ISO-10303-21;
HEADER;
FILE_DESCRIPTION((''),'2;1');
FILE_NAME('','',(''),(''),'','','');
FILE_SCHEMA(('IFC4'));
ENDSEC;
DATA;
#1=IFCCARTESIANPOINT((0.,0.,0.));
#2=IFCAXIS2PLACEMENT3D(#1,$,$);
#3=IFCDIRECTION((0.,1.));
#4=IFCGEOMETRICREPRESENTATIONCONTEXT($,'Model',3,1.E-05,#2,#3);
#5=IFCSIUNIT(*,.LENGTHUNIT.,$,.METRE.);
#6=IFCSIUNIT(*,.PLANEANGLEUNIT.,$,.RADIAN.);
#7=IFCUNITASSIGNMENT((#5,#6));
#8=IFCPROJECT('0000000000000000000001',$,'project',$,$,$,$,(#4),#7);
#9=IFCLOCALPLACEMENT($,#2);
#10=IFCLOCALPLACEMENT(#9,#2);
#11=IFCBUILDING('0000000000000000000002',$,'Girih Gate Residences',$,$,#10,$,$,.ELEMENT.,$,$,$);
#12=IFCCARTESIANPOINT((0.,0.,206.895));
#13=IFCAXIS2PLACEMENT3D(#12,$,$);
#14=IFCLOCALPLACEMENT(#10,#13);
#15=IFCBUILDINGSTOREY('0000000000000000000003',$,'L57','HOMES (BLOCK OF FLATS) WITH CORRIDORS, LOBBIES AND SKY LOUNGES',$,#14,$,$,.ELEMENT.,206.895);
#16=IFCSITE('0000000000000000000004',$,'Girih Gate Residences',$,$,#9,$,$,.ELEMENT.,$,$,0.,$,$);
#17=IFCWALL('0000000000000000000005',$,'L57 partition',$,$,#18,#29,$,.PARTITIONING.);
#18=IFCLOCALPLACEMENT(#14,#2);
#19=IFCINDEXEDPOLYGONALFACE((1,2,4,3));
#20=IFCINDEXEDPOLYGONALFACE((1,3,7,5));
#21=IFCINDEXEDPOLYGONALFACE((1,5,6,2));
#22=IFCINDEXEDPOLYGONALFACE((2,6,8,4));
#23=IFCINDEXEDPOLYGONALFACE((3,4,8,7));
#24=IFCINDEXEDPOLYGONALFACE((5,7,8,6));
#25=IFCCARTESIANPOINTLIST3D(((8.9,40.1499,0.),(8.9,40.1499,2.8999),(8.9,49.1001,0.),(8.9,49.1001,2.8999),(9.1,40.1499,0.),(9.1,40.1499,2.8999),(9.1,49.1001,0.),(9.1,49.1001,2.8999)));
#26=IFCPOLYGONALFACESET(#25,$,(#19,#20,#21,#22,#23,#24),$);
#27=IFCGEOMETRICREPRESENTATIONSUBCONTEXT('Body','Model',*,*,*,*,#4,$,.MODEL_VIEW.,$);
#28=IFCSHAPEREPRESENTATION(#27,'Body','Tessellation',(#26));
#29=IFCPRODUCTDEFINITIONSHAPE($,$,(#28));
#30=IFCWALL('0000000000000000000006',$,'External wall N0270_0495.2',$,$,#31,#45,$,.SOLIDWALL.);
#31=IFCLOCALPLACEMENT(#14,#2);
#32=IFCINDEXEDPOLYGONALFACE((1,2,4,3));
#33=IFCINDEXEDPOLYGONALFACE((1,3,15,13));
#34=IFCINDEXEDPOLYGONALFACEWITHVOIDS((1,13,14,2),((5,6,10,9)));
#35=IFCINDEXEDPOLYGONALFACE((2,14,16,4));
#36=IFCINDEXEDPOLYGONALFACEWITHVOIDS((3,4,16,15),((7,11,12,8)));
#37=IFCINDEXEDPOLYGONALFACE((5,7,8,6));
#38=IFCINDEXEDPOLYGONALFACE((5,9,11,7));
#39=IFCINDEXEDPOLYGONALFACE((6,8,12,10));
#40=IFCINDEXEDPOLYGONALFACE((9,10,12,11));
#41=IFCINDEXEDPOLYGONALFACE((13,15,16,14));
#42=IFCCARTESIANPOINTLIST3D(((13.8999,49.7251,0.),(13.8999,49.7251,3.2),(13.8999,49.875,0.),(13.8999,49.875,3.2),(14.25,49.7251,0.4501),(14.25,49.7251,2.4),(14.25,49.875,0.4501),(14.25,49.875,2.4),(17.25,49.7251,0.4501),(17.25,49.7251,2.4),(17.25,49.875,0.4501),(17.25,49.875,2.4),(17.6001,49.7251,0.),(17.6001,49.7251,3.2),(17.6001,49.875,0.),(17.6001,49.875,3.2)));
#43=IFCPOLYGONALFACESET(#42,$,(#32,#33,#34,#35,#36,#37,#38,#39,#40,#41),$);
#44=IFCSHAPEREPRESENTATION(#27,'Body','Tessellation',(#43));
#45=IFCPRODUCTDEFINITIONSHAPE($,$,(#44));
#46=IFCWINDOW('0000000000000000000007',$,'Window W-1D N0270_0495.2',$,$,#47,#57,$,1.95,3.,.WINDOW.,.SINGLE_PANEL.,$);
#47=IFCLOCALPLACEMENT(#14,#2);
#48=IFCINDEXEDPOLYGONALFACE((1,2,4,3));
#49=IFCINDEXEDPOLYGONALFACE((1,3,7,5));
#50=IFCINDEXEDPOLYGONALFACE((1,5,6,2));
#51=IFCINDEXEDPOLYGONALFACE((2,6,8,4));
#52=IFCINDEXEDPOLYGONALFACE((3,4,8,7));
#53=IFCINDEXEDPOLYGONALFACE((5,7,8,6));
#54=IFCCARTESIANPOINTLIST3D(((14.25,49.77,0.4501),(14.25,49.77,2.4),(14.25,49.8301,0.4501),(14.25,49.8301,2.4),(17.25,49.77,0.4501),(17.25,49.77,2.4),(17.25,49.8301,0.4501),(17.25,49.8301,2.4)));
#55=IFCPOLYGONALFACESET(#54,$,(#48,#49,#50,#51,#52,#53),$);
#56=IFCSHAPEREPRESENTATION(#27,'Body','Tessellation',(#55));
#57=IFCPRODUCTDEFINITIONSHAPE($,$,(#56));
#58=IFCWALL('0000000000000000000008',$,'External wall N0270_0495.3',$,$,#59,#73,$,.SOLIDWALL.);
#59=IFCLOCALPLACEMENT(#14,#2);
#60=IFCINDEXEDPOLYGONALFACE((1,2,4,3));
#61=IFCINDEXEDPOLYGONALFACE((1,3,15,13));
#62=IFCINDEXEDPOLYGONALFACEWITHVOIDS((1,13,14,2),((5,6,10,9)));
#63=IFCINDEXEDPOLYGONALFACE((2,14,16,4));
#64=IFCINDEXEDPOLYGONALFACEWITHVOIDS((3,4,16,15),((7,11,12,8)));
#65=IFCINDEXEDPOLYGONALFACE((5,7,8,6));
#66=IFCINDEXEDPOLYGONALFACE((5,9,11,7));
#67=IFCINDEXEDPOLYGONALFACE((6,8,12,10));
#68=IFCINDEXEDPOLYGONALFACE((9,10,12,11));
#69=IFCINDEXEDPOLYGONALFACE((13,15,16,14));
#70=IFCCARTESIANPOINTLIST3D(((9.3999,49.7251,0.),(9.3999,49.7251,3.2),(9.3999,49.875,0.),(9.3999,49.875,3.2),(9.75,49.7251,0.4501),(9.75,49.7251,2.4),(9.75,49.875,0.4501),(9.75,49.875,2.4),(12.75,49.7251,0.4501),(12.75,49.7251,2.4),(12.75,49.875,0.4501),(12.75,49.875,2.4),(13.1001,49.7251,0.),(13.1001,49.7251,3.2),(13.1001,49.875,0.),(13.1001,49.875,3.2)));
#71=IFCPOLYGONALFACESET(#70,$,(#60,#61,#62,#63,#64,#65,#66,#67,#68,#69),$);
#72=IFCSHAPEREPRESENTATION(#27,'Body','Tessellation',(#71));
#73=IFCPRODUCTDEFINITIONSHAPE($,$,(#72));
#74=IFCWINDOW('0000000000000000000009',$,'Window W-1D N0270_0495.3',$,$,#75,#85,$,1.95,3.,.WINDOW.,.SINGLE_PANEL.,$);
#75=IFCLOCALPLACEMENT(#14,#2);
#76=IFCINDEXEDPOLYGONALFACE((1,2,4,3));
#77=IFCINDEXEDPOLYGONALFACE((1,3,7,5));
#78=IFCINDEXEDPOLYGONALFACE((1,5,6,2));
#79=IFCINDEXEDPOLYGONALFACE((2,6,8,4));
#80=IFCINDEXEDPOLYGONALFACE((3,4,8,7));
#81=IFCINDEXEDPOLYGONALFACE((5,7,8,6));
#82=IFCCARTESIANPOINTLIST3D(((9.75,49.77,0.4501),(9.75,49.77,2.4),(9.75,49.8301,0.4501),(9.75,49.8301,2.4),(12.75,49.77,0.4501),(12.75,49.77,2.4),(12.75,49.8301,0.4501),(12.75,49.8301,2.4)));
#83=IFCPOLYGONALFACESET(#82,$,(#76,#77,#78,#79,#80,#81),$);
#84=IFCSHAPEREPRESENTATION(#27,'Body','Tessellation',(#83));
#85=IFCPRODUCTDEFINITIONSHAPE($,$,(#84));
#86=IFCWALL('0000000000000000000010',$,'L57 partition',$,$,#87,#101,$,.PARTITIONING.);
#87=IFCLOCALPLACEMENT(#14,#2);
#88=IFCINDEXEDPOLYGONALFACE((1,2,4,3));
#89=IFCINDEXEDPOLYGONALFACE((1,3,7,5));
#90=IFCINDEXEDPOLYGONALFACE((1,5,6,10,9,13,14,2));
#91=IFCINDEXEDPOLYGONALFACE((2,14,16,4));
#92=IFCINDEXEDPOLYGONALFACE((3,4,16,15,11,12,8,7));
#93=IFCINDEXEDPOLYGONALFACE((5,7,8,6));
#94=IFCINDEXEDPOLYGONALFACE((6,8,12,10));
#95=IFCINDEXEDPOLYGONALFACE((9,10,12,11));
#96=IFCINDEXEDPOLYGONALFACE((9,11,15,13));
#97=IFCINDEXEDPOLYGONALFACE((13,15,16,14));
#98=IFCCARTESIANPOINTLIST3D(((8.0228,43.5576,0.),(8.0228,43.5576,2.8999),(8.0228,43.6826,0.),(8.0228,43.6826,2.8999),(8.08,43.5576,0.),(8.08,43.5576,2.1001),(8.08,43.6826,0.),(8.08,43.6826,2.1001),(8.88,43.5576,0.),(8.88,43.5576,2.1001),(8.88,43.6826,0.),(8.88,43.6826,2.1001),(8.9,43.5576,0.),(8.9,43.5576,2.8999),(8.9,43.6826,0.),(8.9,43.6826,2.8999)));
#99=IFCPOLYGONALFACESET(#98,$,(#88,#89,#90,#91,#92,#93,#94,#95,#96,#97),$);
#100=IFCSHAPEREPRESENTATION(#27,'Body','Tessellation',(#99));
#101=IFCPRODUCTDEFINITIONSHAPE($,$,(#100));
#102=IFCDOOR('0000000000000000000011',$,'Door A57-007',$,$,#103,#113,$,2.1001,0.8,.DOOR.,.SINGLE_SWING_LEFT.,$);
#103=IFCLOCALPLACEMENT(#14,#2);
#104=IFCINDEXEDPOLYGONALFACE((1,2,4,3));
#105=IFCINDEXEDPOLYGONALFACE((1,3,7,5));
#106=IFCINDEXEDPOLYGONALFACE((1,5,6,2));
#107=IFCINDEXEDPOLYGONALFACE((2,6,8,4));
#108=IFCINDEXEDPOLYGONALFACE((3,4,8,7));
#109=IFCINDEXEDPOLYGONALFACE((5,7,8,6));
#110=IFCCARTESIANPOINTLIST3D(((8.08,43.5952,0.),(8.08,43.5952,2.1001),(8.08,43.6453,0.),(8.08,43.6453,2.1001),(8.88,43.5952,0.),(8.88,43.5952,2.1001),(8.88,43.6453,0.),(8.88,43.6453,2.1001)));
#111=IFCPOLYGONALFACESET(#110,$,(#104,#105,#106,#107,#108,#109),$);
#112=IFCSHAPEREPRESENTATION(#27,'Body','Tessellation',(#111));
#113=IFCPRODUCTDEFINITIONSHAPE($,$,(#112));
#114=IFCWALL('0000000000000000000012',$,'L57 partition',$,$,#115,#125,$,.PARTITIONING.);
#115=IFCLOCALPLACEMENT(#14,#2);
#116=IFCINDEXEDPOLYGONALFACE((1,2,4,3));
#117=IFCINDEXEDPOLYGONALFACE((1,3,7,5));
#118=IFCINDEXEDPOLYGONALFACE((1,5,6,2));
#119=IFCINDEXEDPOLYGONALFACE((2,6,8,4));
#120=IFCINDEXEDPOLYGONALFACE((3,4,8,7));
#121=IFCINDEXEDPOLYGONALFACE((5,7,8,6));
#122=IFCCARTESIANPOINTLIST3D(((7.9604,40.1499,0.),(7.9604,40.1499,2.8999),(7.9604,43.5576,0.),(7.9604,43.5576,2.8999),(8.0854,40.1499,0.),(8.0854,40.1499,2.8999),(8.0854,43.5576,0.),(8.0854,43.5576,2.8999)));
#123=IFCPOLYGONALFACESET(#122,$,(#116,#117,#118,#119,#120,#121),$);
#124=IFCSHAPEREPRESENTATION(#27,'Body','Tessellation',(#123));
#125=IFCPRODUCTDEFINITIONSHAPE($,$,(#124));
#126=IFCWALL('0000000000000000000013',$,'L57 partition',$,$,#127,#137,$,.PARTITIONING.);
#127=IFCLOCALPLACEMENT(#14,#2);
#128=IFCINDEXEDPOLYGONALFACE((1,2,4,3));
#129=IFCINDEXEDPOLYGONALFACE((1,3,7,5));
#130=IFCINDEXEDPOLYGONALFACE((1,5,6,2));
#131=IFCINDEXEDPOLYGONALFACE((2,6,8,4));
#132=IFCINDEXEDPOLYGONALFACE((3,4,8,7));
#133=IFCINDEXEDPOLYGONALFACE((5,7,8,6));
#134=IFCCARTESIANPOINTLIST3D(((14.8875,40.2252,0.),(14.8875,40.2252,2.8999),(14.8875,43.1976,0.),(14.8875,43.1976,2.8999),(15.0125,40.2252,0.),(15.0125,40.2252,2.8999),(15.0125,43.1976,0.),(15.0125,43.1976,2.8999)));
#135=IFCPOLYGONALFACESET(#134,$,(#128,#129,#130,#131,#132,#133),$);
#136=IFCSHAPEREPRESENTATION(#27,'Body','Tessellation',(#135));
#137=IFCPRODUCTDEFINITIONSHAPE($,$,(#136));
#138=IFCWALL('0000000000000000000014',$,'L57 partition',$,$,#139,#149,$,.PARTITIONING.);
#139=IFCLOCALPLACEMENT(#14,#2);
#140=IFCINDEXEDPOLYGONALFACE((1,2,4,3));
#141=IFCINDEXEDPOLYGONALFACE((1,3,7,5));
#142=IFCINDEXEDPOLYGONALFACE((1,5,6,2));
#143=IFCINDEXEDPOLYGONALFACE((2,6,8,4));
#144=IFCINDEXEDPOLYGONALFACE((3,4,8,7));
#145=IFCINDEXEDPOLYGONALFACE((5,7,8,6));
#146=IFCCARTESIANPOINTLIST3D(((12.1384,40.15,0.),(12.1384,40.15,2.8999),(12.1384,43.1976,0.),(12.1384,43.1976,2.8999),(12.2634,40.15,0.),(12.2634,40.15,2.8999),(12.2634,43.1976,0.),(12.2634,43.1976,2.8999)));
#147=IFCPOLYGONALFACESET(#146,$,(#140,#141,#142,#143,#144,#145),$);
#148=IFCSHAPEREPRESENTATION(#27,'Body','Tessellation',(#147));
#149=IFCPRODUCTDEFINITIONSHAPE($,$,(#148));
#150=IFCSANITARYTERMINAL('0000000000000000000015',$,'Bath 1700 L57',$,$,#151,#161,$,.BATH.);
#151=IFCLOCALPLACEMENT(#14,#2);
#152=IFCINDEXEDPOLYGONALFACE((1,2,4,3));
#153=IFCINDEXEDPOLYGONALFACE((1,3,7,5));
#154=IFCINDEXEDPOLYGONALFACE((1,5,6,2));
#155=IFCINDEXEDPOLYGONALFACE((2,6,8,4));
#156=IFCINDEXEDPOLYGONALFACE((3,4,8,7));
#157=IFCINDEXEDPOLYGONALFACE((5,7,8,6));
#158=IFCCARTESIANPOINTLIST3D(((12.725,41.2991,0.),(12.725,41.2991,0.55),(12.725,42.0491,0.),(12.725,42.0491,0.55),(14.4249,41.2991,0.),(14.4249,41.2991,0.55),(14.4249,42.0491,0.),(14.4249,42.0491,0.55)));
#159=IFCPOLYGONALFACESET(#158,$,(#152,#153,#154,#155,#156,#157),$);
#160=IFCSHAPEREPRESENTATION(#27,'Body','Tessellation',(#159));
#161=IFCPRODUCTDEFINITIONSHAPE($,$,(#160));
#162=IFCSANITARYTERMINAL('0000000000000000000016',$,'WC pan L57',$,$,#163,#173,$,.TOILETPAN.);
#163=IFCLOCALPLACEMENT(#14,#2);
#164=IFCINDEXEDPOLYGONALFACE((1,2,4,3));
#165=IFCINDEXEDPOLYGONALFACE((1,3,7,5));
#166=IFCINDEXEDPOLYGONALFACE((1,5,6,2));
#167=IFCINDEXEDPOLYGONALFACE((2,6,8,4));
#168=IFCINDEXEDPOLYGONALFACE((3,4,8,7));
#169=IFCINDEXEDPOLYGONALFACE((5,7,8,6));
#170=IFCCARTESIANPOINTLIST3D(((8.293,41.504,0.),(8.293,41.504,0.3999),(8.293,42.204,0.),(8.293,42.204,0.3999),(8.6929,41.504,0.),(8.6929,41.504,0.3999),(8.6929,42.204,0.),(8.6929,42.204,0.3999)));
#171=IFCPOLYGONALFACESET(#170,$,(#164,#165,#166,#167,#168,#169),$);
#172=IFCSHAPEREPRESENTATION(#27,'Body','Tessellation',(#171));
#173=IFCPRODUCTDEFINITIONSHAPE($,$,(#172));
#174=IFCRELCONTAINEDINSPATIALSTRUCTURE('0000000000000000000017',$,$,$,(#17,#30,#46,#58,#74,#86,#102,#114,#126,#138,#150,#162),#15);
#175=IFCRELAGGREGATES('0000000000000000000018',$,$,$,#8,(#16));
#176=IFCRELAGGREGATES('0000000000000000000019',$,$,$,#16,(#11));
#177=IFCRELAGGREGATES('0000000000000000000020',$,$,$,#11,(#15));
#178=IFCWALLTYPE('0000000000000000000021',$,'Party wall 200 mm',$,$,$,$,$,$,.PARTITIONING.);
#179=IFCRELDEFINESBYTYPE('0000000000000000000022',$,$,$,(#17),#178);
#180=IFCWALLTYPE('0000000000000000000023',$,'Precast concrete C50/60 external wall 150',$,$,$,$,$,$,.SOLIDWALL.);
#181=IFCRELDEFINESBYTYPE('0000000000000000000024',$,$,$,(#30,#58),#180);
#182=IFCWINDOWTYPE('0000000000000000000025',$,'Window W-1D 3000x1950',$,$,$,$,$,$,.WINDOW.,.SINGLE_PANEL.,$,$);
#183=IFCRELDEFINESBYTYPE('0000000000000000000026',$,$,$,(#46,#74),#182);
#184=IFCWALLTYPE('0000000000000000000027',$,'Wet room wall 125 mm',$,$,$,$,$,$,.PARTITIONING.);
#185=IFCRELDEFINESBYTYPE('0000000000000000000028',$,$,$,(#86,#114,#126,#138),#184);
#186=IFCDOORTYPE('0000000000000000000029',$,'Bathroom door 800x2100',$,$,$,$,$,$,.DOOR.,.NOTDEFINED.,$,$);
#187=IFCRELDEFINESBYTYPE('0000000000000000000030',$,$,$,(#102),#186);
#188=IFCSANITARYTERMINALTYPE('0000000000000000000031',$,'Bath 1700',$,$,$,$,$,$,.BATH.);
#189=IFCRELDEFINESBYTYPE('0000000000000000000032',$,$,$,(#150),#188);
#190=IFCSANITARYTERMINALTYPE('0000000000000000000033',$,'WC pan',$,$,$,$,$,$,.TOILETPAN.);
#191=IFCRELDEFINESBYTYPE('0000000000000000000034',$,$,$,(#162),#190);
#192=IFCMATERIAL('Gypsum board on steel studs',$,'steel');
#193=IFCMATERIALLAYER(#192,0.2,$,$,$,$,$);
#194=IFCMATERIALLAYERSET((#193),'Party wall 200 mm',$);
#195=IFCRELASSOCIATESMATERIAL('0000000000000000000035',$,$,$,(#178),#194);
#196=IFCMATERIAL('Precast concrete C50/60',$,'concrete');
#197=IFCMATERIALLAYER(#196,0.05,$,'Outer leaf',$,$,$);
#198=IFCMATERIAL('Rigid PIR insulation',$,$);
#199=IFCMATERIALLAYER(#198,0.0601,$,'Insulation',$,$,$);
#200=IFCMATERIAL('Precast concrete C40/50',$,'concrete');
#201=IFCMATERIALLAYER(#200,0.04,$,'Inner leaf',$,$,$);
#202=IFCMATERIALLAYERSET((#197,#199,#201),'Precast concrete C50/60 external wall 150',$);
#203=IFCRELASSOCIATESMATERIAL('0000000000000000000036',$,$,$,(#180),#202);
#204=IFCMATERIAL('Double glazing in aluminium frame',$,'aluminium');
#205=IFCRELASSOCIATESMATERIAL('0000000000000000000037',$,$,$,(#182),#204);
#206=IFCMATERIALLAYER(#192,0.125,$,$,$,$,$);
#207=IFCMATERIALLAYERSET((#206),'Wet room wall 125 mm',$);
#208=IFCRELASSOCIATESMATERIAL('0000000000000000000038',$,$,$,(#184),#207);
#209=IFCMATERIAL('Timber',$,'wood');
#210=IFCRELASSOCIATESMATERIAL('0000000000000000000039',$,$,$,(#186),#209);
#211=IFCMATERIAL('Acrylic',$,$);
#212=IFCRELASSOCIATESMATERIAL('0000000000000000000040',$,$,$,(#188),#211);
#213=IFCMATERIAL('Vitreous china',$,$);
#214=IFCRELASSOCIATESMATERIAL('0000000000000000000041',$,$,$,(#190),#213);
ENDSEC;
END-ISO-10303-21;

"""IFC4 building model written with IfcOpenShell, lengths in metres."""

from ifc_helpers import new_model, si_unit, direction, frame, frame_2d, origin, origin_2d, place, context, subcontext, project, spatial, rectangle, extrude, material, layer, layer_set, type_object, element, fill, save


model = new_model("IFC4")

# Units and contexts
model_context = context("Model", 3, precision=1e-05, world=origin(), true_north=direction((0.0, 1.0)))
body_context = subcontext(model_context, "Body", "Model", "MODEL_VIEW")
ifc_project = project(units=[si_unit("LENGTHUNIT", "METRE"), si_unit("PLANEANGLEUNIT", "RADIAN")], contexts=[model_context])

# Site, building, storey
site_placement = place(None, origin())
site = spatial("IfcSite", under=ifc_project, at=site_placement, Name="Girih Gate Residences", CompositionType="ELEMENT", RefElevation=0.0)
building_placement = place(site_placement, origin())
building = spatial("IfcBuilding", under=site, at=building_placement, Name="Girih Gate Residences", CompositionType="ELEMENT")
storey_placement = place(building_placement, frame((0.0, 0.0, 206.895)))
storey = spatial("IfcBuildingStorey", under=building, at=storey_placement, Name="L57", Description="HOMES (BLOCK OF FLATS) WITH CORRIDORS, LOBBIES AND SKY LOUNGES", CompositionType="ELEMENT", Elevation=206.895)

# Shared definitions
ifc_material_1 = material(Name="Gypsum board on steel studs", Category="steel")

# Shared definitions
ifc_material_2 = material(Name="Timber", Category="wood")

# Wall
ifc_layer_1 = layer(ifc_material_1, 0.2)
ifc_layer_set_1 = layer_set([ifc_layer_1], Name="Party wall 200 mm")
wall_type_1 = type_object("IfcWallType", Name="Party wall 200 mm", PredefinedType="PARTITIONING", material=ifc_layer_set_1)
wall_1_placement = place(storey_placement, frame((9.0, 40.1499, 0.0), z_axis=(0.0, 0.0, 1.0), x_axis=(0.0, 1.0, 0.0)))
element("IfcWall", 1, at=wall_1_placement, inside=storey, type_object=wall_type_1, Name="L57 partition", PredefinedType="PARTITIONING", context=body_context, shape_type="SweptSolid", body=[
    extrude(rectangle(XDim=8.9502, YDim=0.2, at=frame_2d((4.4751, 0.0))), origin(), (0.0, 0.0, 1.0), 2.8999),
])

# Walls, openings, windows
ifc_material_3 = material(Name="Precast concrete C50/60", Category="concrete")
ifc_layer_2 = layer(ifc_material_3, 0.05, Name="Outer leaf")
ifc_material_4 = material(Name="Rigid PIR insulation")
ifc_layer_3 = layer(ifc_material_4, 0.0601, Name="Insulation")
ifc_material_5 = material(Name="Precast concrete C40/50", Category="concrete")
ifc_layer_4 = layer(ifc_material_5, 0.04, Name="Inner leaf")
ifc_layer_set_2 = layer_set([ifc_layer_2, ifc_layer_3, ifc_layer_4], Name="Precast concrete C50/60 external wall 150")
wall_type_2 = type_object("IfcWallType", Name="Precast concrete C50/60 external wall 150", PredefinedType="SOLIDWALL", material=ifc_layer_set_2)
wall_2_placement = place(storey_placement, frame((13.8999, 49.8, 0.0), z_axis=(0.0, 0.0, 1.0), x_axis=(1.0, 0.0, 0.0)))
wall_2 = element("IfcWall", 2, at=wall_2_placement, inside=storey, type_object=wall_type_2, Name="External wall N0270_0495.2", PredefinedType="SOLIDWALL", context=body_context, shape_type="SweptSolid", body=[
    extrude(rectangle(XDim=3.7002, YDim=0.1499, at=frame_2d((1.8501, 0.0))), origin(), (0.0, 0.0, 1.0), 3.2),
])
opening_1_placement = place(wall_2_placement, frame((0.3501, 0.0, 0.45)))
opening_1 = element("IfcOpeningElement", 3, at=opening_1_placement, cuts=wall_2, PredefinedType="OPENING", context=body_context, shape_type="SweptSolid", body=[
    extrude(rectangle(XDim=3.0, YDim=1.95, at=frame_2d((1.5, 0.9751))), frame((0.0, 0.085, 0.0), z_axis=(0.0, -1.0, 0.0), x_axis=(1.0, 0.0, 0.0)), (0.0, 0.0, 1.0), 0.1699),
])
ifc_material_6 = material(Name="Double glazing in aluminium frame", Category="aluminium")
window_type = type_object("IfcWindowType", Name="Window W-1D 3000x1950", PartitioningType="SINGLE_PANEL", PredefinedType="WINDOW", material=ifc_material_6)
window_1_placement = place(opening_1_placement, origin())
window_1 = element("IfcWindow", 4, at=window_1_placement, inside=storey, type_object=window_type, Name="Window W-1D N0270_0495.2", OverallHeight=1.95, OverallWidth=3.0, PartitioningType="SINGLE_PANEL", PredefinedType="WINDOW", context=body_context, shape_type="SweptSolid", body=[
    extrude(rectangle(XDim=3.0, YDim=1.95, at=frame_2d((1.5, 0.9751))), frame((0.0, 0.03, 0.0), z_axis=(0.0, -1.0, 0.0), x_axis=(1.0, 0.0, 0.0)), (0.0, 0.0, 1.0), 0.0601),
])
fill(opening_1, window_1)
wall_3_placement = place(storey_placement, frame((9.3999, 49.8, 0.0), z_axis=(0.0, 0.0, 1.0), x_axis=(1.0, 0.0, 0.0)))
wall_3 = element("IfcWall", 5, at=wall_3_placement, inside=storey, type_object=wall_type_2, Name="External wall N0270_0495.3", PredefinedType="SOLIDWALL", context=body_context, shape_type="SweptSolid", body=[
    extrude(rectangle(XDim=3.7002, YDim=0.1499, at=frame_2d((1.8501, 0.0))), origin(), (0.0, 0.0, 1.0), 3.2),
])
opening_2_placement = place(wall_3_placement, frame((0.3501, 0.0, 0.45)))
opening_2 = element("IfcOpeningElement", 6, at=opening_2_placement, cuts=wall_3, PredefinedType="OPENING", context=body_context, shape_type="SweptSolid", body=[
    extrude(rectangle(XDim=3.0, YDim=1.95, at=frame_2d((1.5, 0.9751))), frame((0.0, 0.085, 0.0), z_axis=(0.0, -1.0, 0.0), x_axis=(1.0, 0.0, 0.0)), (0.0, 0.0, 1.0), 0.1699),
])
window_2_placement = place(opening_2_placement, origin())
window_2 = element("IfcWindow", 7, at=window_2_placement, inside=storey, type_object=window_type, Name="Window W-1D N0270_0495.3", OverallHeight=1.95, OverallWidth=3.0, PartitioningType="SINGLE_PANEL", PredefinedType="WINDOW", context=body_context, shape_type="SweptSolid", body=[
    extrude(rectangle(XDim=3.0, YDim=1.95, at=frame_2d((1.5, 0.9751))), frame((0.0, 0.03, 0.0), z_axis=(0.0, -1.0, 0.0), x_axis=(1.0, 0.0, 0.0)), (0.0, 0.0, 1.0), 0.0601),
])
fill(opening_2, window_2)

# Wall, opening, door
ifc_layer_5 = layer(ifc_material_1, 0.125)
ifc_layer_set_3 = layer_set([ifc_layer_5], Name="Wet room wall 125 mm")
wall_type_3 = type_object("IfcWallType", Name="Wet room wall 125 mm", PredefinedType="PARTITIONING", material=ifc_layer_set_3)
wall_4_placement = place(storey_placement, frame((8.8999, 43.6201, 0.0), z_axis=(0.0, 0.0, 1.0), x_axis=(-1.0, 0.0, 0.0)))
wall_4 = element("IfcWall", 8, at=wall_4_placement, inside=storey, type_object=wall_type_3, Name="L57 partition", PredefinedType="PARTITIONING", context=body_context, shape_type="SweptSolid", body=[
    extrude(rectangle(XDim=0.8772, YDim=0.125, at=frame_2d((0.4385, 0.0))), origin(), (0.0, 0.0, 1.0), 2.8999),
])
opening_3_placement = place(wall_4_placement, frame((0.02, 0.0, 0.0)))
opening_3 = element("IfcOpeningElement", 9, at=opening_3_placement, cuts=wall_4, PredefinedType="OPENING", context=body_context, shape_type="SweptSolid", body=[
    extrude(rectangle(XDim=0.8, YDim=2.1001, at=frame_2d((0.3999, 1.05))), frame((0.0, 0.0725, 0.0), z_axis=(0.0, -1.0, 0.0), x_axis=(1.0, 0.0, 0.0)), (0.0, 0.0, 1.0), 0.145),
])
door_type_1 = type_object("IfcDoorType", Name="Bathroom door 800x2100", OperationType="NOTDEFINED", PredefinedType="DOOR", material=ifc_material_2)
door_1_placement = place(opening_3_placement, origin())
door_1 = element("IfcDoor", 10, at=door_1_placement, inside=storey, type_object=door_type_1, Name="Door A57-007", OperationType="SINGLE_SWING_LEFT", OverallHeight=2.1001, OverallWidth=0.8, PredefinedType="DOOR", context=body_context, shape_type="SweptSolid", body=[
    extrude(rectangle(XDim=0.8, YDim=2.1001, at=frame_2d((0.3999, 1.05))), frame((0.0, 0.0249, 0.0), z_axis=(0.0, -1.0, 0.0), x_axis=(1.0, 0.0, 0.0)), (0.0, 0.0, 1.0), 0.05),
])
fill(opening_3, door_1)

# Walls
wall_5_placement = place(storey_placement, frame((8.0229, 40.1499, 0.0), z_axis=(0.0, 0.0, 1.0), x_axis=(0.0, 1.0, 0.0)))
element("IfcWall", 11, at=wall_5_placement, inside=storey, type_object=wall_type_3, Name="L57 partition", PredefinedType="PARTITIONING", context=body_context, shape_type="SweptSolid", body=[
    extrude(rectangle(XDim=3.4077, YDim=0.125, at=frame_2d((1.7039, 0.0))), origin(), (0.0, 0.0, 1.0), 2.8999),
])
wall_6_placement = place(storey_placement, frame((14.95, 40.2251, 0.0), z_axis=(0.0, 0.0, 1.0), x_axis=(0.0, 1.0, 0.0)))
element("IfcWall", 12, at=wall_6_placement, inside=storey, type_object=wall_type_3, Name="L57 partition", PredefinedType="PARTITIONING", context=body_context, shape_type="SweptSolid", body=[
    extrude(rectangle(XDim=2.9724, YDim=0.125, at=frame_2d((1.4863, 0.0))), origin(), (0.0, 0.0, 1.0), 2.8999),
])
wall_7_placement = place(storey_placement, frame((12.2009, 40.1499, 0.0), z_axis=(0.0, 0.0, 1.0), x_axis=(0.0, 1.0, 0.0)))
element("IfcWall", 13, at=wall_7_placement, inside=storey, type_object=wall_type_3, Name="L57 partition", PredefinedType="PARTITIONING", context=body_context, shape_type="SweptSolid", body=[
    extrude(rectangle(XDim=3.0476, YDim=0.125, at=frame_2d((1.5239, 0.0))), origin(), (0.0, 0.0, 1.0), 2.8999),
])

# Sanitary terminals
ifc_material_7 = material(Name="Acrylic")
sanitary_terminal_type_1 = type_object("IfcSanitaryTerminalType", Name="Bath 1700", PredefinedType="BATH", material=ifc_material_7)
sanitary_terminal_1_placement = place(storey_placement, frame((13.575, 41.6741, 0.0), z_axis=(0.0, 0.0, 1.0), x_axis=(1.0, 0.0, 0.0)))
element("IfcSanitaryTerminal", 14, at=sanitary_terminal_1_placement, inside=storey, type_object=sanitary_terminal_type_1, Name="Bath 1700 L57", PredefinedType="BATH", context=body_context, shape_type="SweptSolid", body=[
    extrude(rectangle(XDim=1.7, YDim=0.75, at=origin_2d()), origin(), (0.0, 0.0, 1.0), 0.55),
])
ifc_material_8 = material(Name="Vitreous china")
sanitary_terminal_type_2 = type_object("IfcSanitaryTerminalType", Name="WC pan", PredefinedType="TOILETPAN", material=ifc_material_8)
sanitary_terminal_2_placement = place(storey_placement, frame((8.4929, 41.854, 0.0), z_axis=(0.0, 0.0, 1.0), x_axis=(1.0, 0.0, 0.0)))
element("IfcSanitaryTerminal", 15, at=sanitary_terminal_2_placement, inside=storey, type_object=sanitary_terminal_type_2, Name="WC pan L57", PredefinedType="TOILETPAN", context=body_context, shape_type="SweptSolid", body=[
    extrude(rectangle(XDim=0.3999, YDim=0.7, at=origin_2d()), origin(), (0.0, 0.0, 1.0), 0.3999),
])

save(model, "model.ifc")
